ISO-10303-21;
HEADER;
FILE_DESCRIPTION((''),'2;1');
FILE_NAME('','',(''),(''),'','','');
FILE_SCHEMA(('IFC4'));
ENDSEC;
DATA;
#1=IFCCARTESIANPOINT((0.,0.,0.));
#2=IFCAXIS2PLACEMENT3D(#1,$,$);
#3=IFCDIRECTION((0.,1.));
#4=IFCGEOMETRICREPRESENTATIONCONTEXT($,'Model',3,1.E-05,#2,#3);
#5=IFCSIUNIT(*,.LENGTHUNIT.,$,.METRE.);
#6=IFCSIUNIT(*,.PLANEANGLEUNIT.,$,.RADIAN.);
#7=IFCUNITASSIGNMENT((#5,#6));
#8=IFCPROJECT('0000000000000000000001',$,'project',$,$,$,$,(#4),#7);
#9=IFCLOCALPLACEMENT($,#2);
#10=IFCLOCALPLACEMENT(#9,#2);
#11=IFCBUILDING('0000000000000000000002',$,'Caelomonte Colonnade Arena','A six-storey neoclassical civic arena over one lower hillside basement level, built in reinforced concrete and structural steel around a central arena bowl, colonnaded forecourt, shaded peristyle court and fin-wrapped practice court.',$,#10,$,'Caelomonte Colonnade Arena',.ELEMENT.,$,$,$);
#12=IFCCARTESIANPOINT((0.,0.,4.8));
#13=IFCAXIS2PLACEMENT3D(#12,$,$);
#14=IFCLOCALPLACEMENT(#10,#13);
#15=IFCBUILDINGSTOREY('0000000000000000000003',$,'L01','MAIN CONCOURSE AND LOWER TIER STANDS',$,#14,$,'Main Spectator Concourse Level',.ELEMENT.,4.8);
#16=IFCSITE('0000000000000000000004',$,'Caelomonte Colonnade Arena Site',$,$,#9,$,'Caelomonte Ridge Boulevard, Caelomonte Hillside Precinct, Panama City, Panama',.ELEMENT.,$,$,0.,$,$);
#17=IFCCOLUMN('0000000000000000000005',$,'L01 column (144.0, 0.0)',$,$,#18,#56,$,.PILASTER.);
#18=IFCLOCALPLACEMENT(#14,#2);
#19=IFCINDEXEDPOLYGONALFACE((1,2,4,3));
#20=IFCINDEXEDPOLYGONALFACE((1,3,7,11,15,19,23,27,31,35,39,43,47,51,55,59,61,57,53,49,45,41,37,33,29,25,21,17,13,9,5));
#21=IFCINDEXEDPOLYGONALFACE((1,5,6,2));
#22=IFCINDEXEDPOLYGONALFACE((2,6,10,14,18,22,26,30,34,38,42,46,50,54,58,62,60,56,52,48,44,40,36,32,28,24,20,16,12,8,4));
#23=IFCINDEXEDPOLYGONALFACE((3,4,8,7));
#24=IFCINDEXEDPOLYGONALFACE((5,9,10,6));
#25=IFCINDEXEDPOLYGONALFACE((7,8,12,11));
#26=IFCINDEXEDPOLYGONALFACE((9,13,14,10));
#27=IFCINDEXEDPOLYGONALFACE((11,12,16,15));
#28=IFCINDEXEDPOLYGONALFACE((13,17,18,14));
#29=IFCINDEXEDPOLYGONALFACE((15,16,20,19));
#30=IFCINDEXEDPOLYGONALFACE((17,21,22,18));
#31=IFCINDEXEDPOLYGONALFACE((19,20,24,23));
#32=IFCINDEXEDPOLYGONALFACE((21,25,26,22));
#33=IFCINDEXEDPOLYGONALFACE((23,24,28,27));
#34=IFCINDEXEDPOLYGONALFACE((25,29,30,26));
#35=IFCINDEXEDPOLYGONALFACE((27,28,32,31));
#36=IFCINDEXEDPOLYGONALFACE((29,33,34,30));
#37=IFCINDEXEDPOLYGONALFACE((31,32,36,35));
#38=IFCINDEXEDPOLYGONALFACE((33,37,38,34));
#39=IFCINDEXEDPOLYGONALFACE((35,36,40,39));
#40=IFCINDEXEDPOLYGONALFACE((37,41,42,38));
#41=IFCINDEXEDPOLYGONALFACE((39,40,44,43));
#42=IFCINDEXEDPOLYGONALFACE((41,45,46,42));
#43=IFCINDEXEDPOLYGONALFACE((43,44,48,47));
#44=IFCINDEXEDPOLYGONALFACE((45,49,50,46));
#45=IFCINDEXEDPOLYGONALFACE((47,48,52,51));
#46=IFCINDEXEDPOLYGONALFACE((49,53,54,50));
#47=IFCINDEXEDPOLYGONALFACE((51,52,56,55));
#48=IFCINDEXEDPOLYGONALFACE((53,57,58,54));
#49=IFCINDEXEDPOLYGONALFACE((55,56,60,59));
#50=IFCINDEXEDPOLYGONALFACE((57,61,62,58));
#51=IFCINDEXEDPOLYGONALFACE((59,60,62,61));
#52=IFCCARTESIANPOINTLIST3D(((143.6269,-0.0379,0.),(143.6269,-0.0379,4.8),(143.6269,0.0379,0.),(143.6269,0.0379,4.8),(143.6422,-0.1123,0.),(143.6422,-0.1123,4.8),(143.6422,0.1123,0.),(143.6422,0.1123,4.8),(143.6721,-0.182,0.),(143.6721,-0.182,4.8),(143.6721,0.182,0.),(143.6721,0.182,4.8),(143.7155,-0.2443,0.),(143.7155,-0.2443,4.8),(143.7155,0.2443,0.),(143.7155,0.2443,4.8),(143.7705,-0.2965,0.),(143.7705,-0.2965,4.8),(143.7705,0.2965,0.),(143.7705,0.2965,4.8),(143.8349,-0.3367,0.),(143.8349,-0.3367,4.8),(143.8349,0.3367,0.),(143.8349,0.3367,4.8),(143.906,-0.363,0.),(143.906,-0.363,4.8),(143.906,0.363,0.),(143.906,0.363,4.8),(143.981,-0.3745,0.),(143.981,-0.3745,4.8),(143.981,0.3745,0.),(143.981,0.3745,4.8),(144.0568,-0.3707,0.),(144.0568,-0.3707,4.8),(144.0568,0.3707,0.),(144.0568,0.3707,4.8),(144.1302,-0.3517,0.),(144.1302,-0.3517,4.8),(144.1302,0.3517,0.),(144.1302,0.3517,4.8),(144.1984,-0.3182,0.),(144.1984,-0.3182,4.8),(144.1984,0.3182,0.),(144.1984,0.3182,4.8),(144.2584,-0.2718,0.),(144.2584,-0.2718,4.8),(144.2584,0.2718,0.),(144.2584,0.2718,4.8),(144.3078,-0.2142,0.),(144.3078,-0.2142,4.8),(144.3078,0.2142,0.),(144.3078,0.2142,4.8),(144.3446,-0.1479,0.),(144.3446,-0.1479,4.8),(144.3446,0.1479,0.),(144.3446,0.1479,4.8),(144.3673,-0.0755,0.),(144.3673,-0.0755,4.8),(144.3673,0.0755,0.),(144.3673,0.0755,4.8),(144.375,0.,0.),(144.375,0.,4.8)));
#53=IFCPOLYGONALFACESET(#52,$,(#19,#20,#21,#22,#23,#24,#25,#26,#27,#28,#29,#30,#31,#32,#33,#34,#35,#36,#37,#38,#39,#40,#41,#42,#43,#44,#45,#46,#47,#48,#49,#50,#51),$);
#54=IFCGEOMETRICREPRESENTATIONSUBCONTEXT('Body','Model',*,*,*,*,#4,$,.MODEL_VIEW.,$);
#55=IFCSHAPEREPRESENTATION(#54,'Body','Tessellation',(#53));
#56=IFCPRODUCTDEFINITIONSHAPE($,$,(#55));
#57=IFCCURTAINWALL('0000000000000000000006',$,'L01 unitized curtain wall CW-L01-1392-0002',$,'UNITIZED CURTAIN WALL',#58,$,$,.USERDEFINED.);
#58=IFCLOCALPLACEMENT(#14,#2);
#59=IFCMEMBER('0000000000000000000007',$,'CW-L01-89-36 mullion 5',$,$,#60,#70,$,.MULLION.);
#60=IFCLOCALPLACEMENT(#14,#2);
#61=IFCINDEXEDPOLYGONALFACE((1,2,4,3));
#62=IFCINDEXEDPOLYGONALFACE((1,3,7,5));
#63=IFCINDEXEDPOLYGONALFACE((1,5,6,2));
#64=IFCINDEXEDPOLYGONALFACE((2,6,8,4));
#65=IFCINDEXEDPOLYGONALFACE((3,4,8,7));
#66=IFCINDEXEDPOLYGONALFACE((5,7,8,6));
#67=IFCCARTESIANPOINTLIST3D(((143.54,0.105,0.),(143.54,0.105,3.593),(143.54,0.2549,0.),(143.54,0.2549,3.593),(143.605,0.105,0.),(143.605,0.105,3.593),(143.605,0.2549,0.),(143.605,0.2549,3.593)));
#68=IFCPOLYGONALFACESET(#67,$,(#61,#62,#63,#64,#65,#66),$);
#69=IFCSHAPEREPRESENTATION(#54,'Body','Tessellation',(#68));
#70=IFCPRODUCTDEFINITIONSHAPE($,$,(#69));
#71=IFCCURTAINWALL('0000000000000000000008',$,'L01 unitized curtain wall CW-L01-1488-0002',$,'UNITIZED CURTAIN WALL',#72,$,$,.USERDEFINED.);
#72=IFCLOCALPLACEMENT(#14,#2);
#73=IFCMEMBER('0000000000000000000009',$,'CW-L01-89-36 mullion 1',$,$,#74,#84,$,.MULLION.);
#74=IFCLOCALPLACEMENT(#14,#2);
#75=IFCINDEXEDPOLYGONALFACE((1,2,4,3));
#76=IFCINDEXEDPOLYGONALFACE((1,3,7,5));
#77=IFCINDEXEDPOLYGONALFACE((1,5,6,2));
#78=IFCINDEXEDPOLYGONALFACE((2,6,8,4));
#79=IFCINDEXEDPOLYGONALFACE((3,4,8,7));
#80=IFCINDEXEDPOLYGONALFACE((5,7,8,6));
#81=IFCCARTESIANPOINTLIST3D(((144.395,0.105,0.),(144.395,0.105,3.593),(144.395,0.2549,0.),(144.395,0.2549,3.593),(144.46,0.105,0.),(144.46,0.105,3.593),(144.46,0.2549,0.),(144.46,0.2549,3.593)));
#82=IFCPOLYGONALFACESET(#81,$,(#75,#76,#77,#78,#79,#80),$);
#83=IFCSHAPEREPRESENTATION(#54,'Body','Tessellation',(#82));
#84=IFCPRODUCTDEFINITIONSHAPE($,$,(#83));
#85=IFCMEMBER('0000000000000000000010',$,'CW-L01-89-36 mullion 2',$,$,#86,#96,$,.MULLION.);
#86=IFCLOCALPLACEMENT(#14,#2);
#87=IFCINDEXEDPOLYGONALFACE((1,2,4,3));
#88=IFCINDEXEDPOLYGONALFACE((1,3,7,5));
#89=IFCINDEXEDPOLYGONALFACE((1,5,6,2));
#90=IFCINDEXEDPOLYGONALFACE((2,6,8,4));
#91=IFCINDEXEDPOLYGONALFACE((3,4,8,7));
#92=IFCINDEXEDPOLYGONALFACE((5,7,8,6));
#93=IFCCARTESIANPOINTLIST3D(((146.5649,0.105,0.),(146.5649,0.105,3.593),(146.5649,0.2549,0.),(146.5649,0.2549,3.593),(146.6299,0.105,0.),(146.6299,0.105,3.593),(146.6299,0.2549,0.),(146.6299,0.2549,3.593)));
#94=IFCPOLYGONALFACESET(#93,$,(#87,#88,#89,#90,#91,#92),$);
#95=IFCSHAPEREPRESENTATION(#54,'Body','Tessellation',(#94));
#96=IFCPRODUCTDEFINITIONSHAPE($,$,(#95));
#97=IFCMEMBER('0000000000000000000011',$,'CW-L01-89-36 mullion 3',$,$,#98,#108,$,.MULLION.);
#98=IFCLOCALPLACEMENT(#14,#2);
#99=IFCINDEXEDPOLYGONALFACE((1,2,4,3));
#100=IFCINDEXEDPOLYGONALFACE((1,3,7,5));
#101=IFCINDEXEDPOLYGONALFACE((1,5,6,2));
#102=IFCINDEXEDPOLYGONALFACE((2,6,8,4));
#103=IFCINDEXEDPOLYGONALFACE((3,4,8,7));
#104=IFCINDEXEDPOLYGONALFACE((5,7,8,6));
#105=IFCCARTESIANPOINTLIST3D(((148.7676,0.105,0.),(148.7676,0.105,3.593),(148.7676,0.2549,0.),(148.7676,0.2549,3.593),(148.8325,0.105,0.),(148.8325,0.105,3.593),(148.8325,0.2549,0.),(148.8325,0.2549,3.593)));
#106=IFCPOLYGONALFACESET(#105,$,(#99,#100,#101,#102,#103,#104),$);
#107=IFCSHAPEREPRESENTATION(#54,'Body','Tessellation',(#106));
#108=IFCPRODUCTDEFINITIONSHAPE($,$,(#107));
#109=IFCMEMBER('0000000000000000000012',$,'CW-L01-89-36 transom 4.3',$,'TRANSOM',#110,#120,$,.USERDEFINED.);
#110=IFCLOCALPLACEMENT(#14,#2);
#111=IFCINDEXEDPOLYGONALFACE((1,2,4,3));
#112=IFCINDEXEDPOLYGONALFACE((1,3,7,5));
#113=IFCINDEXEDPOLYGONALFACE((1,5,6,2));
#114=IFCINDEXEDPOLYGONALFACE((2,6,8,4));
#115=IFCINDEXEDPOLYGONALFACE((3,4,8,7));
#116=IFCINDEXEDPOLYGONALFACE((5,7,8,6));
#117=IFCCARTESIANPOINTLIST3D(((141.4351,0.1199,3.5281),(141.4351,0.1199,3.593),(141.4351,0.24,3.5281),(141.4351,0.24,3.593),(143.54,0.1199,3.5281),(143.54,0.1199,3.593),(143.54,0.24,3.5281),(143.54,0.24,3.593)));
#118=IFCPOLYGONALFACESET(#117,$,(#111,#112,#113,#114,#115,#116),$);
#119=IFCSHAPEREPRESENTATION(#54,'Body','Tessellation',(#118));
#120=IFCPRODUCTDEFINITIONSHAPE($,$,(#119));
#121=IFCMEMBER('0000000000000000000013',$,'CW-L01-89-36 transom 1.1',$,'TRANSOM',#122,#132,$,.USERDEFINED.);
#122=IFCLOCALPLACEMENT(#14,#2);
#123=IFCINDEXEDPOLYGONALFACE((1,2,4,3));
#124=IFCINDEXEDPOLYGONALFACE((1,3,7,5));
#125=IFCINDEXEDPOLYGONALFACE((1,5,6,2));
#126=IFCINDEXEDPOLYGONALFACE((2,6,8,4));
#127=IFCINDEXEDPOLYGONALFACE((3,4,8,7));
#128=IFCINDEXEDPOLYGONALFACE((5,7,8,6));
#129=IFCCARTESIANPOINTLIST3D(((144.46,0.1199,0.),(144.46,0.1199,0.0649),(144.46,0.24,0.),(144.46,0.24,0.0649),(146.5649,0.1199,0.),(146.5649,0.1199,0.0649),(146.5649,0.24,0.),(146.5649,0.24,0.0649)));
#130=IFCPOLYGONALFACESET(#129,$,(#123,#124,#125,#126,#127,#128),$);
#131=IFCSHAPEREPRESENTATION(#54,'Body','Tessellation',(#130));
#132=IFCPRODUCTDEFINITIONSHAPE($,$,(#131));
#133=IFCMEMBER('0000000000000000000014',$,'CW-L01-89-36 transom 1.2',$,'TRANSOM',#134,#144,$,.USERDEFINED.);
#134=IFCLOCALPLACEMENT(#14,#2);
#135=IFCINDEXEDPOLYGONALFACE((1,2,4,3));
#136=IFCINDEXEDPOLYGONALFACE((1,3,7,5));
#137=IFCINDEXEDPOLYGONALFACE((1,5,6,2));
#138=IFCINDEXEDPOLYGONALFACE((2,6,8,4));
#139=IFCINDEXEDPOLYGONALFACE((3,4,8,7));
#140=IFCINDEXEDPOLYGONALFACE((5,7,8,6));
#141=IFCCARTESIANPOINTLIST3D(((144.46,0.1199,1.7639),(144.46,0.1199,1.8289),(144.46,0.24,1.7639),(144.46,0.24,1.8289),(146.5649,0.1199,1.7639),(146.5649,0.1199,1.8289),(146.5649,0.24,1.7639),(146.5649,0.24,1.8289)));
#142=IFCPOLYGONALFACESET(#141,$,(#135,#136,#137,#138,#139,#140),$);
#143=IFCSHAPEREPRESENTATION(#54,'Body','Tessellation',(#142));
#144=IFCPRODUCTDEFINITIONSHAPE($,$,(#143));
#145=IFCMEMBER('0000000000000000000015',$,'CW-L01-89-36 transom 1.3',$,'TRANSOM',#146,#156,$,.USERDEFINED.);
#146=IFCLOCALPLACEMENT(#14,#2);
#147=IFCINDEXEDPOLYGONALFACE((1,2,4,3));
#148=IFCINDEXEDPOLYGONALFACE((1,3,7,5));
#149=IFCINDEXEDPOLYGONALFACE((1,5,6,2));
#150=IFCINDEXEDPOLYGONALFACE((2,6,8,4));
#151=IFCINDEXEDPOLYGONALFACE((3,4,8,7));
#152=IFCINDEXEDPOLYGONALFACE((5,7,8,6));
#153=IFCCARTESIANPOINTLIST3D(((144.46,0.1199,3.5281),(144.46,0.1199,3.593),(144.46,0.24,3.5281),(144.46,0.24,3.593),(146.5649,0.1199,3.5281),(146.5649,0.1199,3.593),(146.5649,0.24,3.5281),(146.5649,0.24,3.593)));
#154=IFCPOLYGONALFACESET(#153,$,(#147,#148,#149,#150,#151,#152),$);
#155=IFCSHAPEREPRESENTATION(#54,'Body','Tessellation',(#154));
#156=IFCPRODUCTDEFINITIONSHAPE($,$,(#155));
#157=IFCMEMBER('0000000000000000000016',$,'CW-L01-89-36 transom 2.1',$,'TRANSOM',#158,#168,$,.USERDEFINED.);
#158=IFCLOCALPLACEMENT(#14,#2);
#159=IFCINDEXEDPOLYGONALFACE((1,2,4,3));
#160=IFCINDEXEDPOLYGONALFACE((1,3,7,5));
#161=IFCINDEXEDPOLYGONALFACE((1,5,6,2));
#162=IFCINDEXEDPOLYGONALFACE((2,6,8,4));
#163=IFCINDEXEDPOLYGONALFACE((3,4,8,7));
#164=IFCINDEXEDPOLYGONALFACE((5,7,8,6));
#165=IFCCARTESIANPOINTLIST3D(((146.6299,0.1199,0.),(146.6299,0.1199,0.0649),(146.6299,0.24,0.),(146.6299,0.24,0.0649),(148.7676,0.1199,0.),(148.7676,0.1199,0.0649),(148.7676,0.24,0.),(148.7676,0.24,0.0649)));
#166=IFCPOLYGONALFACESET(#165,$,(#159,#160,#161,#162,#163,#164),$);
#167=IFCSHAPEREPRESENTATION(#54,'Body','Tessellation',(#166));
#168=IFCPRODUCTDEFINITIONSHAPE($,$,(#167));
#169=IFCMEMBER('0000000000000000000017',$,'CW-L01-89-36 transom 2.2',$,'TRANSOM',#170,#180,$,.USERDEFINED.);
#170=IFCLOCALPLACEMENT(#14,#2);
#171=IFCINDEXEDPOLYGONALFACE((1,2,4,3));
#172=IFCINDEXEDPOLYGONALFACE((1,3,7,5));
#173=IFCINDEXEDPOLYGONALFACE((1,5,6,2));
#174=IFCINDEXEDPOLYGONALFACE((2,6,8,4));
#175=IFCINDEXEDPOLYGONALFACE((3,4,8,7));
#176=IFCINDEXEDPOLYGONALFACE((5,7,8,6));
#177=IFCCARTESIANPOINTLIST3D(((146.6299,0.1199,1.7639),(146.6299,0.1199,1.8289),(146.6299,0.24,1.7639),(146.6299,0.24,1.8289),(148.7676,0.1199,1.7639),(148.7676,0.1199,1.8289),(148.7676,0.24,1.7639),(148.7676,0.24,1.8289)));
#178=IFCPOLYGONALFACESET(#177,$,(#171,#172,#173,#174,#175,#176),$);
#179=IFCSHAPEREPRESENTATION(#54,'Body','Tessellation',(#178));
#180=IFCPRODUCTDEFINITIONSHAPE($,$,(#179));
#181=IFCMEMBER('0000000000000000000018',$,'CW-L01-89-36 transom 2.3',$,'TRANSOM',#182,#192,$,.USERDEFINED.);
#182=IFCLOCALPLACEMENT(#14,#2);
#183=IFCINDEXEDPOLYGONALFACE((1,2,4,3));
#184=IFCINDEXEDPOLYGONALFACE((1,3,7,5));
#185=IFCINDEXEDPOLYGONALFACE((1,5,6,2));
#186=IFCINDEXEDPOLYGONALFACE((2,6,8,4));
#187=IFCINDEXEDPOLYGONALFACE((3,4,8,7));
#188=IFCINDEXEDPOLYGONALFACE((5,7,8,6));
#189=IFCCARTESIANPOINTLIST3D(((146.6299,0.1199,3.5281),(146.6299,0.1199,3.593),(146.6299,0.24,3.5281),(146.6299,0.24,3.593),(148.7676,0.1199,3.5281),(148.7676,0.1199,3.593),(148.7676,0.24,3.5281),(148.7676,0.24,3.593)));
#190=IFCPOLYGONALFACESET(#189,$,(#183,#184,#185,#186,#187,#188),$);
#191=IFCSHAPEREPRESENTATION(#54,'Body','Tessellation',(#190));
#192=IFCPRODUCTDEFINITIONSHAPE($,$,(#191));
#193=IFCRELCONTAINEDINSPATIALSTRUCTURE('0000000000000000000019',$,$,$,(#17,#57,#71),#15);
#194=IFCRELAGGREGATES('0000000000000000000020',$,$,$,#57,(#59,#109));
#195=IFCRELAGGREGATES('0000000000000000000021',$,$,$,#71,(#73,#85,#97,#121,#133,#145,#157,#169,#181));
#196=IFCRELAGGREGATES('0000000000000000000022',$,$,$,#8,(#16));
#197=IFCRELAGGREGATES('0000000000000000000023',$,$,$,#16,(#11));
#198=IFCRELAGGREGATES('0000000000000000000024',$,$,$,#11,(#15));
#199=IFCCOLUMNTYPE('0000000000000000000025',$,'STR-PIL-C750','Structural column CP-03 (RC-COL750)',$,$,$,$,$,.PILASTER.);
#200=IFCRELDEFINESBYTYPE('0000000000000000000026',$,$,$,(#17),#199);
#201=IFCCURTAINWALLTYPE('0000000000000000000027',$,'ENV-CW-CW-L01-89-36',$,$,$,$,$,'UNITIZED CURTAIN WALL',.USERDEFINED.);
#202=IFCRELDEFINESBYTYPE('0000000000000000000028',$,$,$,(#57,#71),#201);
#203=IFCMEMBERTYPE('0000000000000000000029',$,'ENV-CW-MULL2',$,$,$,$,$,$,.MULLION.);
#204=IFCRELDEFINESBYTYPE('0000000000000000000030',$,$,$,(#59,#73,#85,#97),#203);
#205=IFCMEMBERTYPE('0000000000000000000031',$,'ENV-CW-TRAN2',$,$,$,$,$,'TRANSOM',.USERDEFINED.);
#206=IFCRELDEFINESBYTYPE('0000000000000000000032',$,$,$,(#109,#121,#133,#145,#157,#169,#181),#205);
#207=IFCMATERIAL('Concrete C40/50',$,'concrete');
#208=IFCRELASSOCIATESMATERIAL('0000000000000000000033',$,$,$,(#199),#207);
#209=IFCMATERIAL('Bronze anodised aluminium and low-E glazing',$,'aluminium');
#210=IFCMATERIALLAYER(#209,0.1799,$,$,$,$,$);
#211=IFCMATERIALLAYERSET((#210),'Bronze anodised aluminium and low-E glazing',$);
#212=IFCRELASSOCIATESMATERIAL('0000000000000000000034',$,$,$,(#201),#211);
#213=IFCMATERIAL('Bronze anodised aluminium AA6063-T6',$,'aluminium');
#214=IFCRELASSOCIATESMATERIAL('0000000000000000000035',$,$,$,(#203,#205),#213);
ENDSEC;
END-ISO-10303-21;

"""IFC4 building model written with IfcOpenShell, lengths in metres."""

from ifc_helpers import new_model, si_unit, direction, frame, origin, origin_2d, place, context, subcontext, project, spatial, rectangle, circle, extrude, material, layer, layer_set, material_profile, profile_set, type_object, element, aggregate, save


model = new_model("IFC4")

# Units and contexts
model_context = context("Model", 3, precision=1e-05, world=origin(), true_north=direction((0.0, 1.0)))
body_context = subcontext(model_context, "Body", "Model", "MODEL_VIEW")
ifc_project = project(units=[si_unit("LENGTHUNIT", "METRE"), si_unit("PLANEANGLEUNIT", "RADIAN")], contexts=[model_context])

# Site, building, storey
site_placement = place(None, origin())
site = spatial("IfcSite", under=ifc_project, at=site_placement, Name="Caelomonte Colonnade Arena Site", LongName="Caelomonte Ridge Boulevard, Caelomonte Hillside Precinct, Panama City, Panama", CompositionType="ELEMENT", RefElevation=0.0)
building_placement = place(site_placement, origin())
building = spatial("IfcBuilding", under=site, at=building_placement, Name="Caelomonte Colonnade Arena", Description="A six-storey neoclassical civic arena over one lower hillside basement level, built in reinforced concrete and structural steel around a central arena bowl, colonnaded forecourt, shaded peristyle court and fin-wrapped practice court.", LongName="Caelomonte Colonnade Arena", CompositionType="ELEMENT")
storey_placement = place(building_placement, frame((0.0, 0.0, 4.8)))
storey = spatial("IfcBuildingStorey", under=building, at=storey_placement, Name="L01", Description="MAIN CONCOURSE AND LOWER TIER STANDS", LongName="Main Spectator Concourse Level", CompositionType="ELEMENT", Elevation=4.8)

# Column
ifc_material_1 = material(Name="Concrete C40/50", Category="concrete")
ifc_material_profile_1 = material_profile(ifc_material_1, circle(Radius=0.375, at=origin_2d()), Name="RC-COL750")
ifc_profile_set_1 = profile_set([ifc_material_profile_1], Name="Concrete C40/50")
column_type = type_object("IfcColumnType", Name="STR-PIL-C750", Description="Structural column CP-03 (RC-COL750)", PredefinedType="PILASTER", material=ifc_profile_set_1)
column_placement = place(storey_placement, frame((144.0, 0.0, 0.0), z_axis=(0.0, 0.0, 1.0), x_axis=(1.0, 0.0, 0.0)))
element("IfcColumn", 1, at=column_placement, inside=storey, type_object=column_type, Name="L01 column (144.0, 0.0)", PredefinedType="PILASTER", context=body_context, shape_type="SweptSolid", body=[
    extrude(circle(Radius=0.375, at=origin_2d()), origin(), (0.0, 0.0, 1.0), 4.8),
])

# Curtain wall, member
ifc_material_2 = material(Name="Bronze anodised aluminium and low-E glazing", Category="aluminium")
ifc_layer_1 = layer(ifc_material_2, 0.1799)
ifc_layer_set_1 = layer_set([ifc_layer_1], Name="Bronze anodised aluminium and low-E glazing")
curtain_wall_type = type_object("IfcCurtainWallType", Name="ENV-CW-CW-L01-89-36", ElementType="UNITIZED CURTAIN WALL", PredefinedType="USERDEFINED", material=ifc_layer_set_1)
curtain_wall_1_placement = place(storey_placement, origin())
curtain_wall_1 = element("IfcCurtainWall", 2, at=curtain_wall_1_placement, inside=storey, type_object=curtain_wall_type, Name="L01 unitized curtain wall CW-L01-1392-0002", ObjectType="UNITIZED CURTAIN WALL", PredefinedType="USERDEFINED")
ifc_material_3 = material(Name="Bronze anodised aluminium AA6063-T6", Category="aluminium")
ifc_material_profile_2 = material_profile(ifc_material_3, rectangle(XDim=0.0649, YDim=0.1499, at=origin_2d()), Name="CWM-65X150")
ifc_profile_set_2 = profile_set([ifc_material_profile_2], Name="Bronze anodised aluminium AA6063-T6")
member_type_1 = type_object("IfcMemberType", Name="ENV-CW-MULL2", PredefinedType="MULLION", material=ifc_profile_set_2)
member_1_placement = place(storey_placement, frame((143.5725, 0.1799, 0.0), z_axis=(0.0, 0.0, 1.0), x_axis=(1.0, 0.0, 0.0)))
member_1 = element("IfcMember", 3, at=member_1_placement, type_object=member_type_1, Name="CW-L01-89-36 mullion 5", PredefinedType="MULLION", context=body_context, shape_type="SweptSolid", body=[
    extrude(rectangle(XDim=0.0649, YDim=0.1499, at=origin_2d()), origin(), (0.0, 0.0, 1.0), 3.593),
])

# Curtain wall, members
curtain_wall_2_placement = place(storey_placement, origin())
curtain_wall_2 = element("IfcCurtainWall", 4, at=curtain_wall_2_placement, inside=storey, type_object=curtain_wall_type, Name="L01 unitized curtain wall CW-L01-1488-0002", ObjectType="UNITIZED CURTAIN WALL", PredefinedType="USERDEFINED")
member_2_placement = place(storey_placement, frame((144.4275, 0.1799, 0.0), z_axis=(0.0, 0.0, 1.0), x_axis=(1.0, 0.0, 0.0)))
member_2 = element("IfcMember", 5, at=member_2_placement, type_object=member_type_1, Name="CW-L01-89-36 mullion 1", PredefinedType="MULLION", context=body_context, shape_type="SweptSolid", body=[
    extrude(rectangle(XDim=0.0649, YDim=0.1499, at=origin_2d()), origin(), (0.0, 0.0, 1.0), 3.593),
])
member_3_placement = place(storey_placement, frame((146.5974, 0.1799, 0.0), z_axis=(0.0, 0.0, 1.0), x_axis=(1.0, 0.0, 0.0)))
member_3 = element("IfcMember", 6, at=member_3_placement, type_object=member_type_1, Name="CW-L01-89-36 mullion 2", PredefinedType="MULLION", context=body_context, shape_type="SweptSolid", body=[
    extrude(rectangle(XDim=0.0649, YDim=0.1499, at=origin_2d()), origin(), (0.0, 0.0, 1.0), 3.593),
])
member_4_placement = place(storey_placement, frame((148.8, 0.1799, 0.0), z_axis=(0.0, 0.0, 1.0), x_axis=(1.0, 0.0, 0.0)))
member_4 = element("IfcMember", 7, at=member_4_placement, type_object=member_type_1, Name="CW-L01-89-36 mullion 3", PredefinedType="MULLION", context=body_context, shape_type="SweptSolid", body=[
    extrude(rectangle(XDim=0.0649, YDim=0.1499, at=origin_2d()), origin(), (0.0, 0.0, 1.0), 3.593),
])

# Members
ifc_material_profile_3 = material_profile(ifc_material_3, rectangle(XDim=0.0649, YDim=0.1201, at=origin_2d()), Name="CWT-65X120")
ifc_profile_set_3 = profile_set([ifc_material_profile_3], Name="Bronze anodised aluminium AA6063-T6")
member_type_2 = type_object("IfcMemberType", Name="ENV-CW-TRAN2", ElementType="TRANSOM", PredefinedType="USERDEFINED", material=ifc_profile_set_3)
member_5_placement = place(storey_placement, frame((141.4351, 0.1799, 3.5605), z_axis=(1.0, 0.0, 0.0), x_axis=(0.0, 0.0, 1.0)))
member_5 = element("IfcMember", 8, at=member_5_placement, type_object=member_type_2, Name="CW-L01-89-36 transom 4.3", ObjectType="TRANSOM", PredefinedType="USERDEFINED", context=body_context, shape_type="SweptSolid", body=[
    extrude(rectangle(XDim=0.0649, YDim=0.1201, at=origin_2d()), origin(), (0.0, 0.0, 1.0), 2.105),
])
member_6_placement = place(storey_placement, frame((144.46, 0.1799, 0.0325), z_axis=(1.0, 0.0, 0.0), x_axis=(0.0, 0.0, 1.0)))
member_6 = element("IfcMember", 9, at=member_6_placement, type_object=member_type_2, Name="CW-L01-89-36 transom 1.1", ObjectType="TRANSOM", PredefinedType="USERDEFINED", context=body_context, shape_type="SweptSolid", body=[
    extrude(rectangle(XDim=0.0649, YDim=0.1201, at=origin_2d()), origin(), (0.0, 0.0, 1.0), 2.105),
])
member_7_placement = place(storey_placement, frame((144.46, 0.1799, 1.7964), z_axis=(1.0, 0.0, 0.0), x_axis=(0.0, 0.0, 1.0)))
member_7 = element("IfcMember", 10, at=member_7_placement, type_object=member_type_2, Name="CW-L01-89-36 transom 1.2", ObjectType="TRANSOM", PredefinedType="USERDEFINED", context=body_context, shape_type="SweptSolid", body=[
    extrude(rectangle(XDim=0.0649, YDim=0.1201, at=origin_2d()), origin(), (0.0, 0.0, 1.0), 2.105),
])
member_8_placement = place(storey_placement, frame((144.46, 0.1799, 3.5605), z_axis=(1.0, 0.0, 0.0), x_axis=(0.0, 0.0, 1.0)))
member_8 = element("IfcMember", 11, at=member_8_placement, type_object=member_type_2, Name="CW-L01-89-36 transom 1.3", ObjectType="TRANSOM", PredefinedType="USERDEFINED", context=body_context, shape_type="SweptSolid", body=[
    extrude(rectangle(XDim=0.0649, YDim=0.1201, at=origin_2d()), origin(), (0.0, 0.0, 1.0), 2.105),
])
member_9_placement = place(storey_placement, frame((146.6299, 0.1799, 0.0325), z_axis=(1.0, 0.0, 0.0), x_axis=(0.0, 0.0, 1.0)))
member_9 = element("IfcMember", 12, at=member_9_placement, type_object=member_type_2, Name="CW-L01-89-36 transom 2.1", ObjectType="TRANSOM", PredefinedType="USERDEFINED", context=body_context, shape_type="SweptSolid", body=[
    extrude(rectangle(XDim=0.0649, YDim=0.1201, at=origin_2d()), origin(), (0.0, 0.0, 1.0), 2.1377),
])
member_10_placement = place(storey_placement, frame((146.6299, 0.1799, 1.7964), z_axis=(1.0, 0.0, 0.0), x_axis=(0.0, 0.0, 1.0)))
member_10 = element("IfcMember", 13, at=member_10_placement, type_object=member_type_2, Name="CW-L01-89-36 transom 2.2", ObjectType="TRANSOM", PredefinedType="USERDEFINED", context=body_context, shape_type="SweptSolid", body=[
    extrude(rectangle(XDim=0.0649, YDim=0.1201, at=origin_2d()), origin(), (0.0, 0.0, 1.0), 2.1377),
])
member_11_placement = place(storey_placement, frame((146.6299, 0.1799, 3.5605), z_axis=(1.0, 0.0, 0.0), x_axis=(0.0, 0.0, 1.0)))
member_11 = element("IfcMember", 14, at=member_11_placement, type_object=member_type_2, Name="CW-L01-89-36 transom 2.3", ObjectType="TRANSOM", PredefinedType="USERDEFINED", context=body_context, shape_type="SweptSolid", body=[
    extrude(rectangle(XDim=0.0649, YDim=0.1201, at=origin_2d()), origin(), (0.0, 0.0, 1.0), 2.1377),
])

aggregate(curtain_wall_1, [member_1, member_5])
aggregate(curtain_wall_2, [member_2, member_3, member_4, member_6, member_7, member_8, member_9, member_10, member_11])

save(model, "model.ifc")
